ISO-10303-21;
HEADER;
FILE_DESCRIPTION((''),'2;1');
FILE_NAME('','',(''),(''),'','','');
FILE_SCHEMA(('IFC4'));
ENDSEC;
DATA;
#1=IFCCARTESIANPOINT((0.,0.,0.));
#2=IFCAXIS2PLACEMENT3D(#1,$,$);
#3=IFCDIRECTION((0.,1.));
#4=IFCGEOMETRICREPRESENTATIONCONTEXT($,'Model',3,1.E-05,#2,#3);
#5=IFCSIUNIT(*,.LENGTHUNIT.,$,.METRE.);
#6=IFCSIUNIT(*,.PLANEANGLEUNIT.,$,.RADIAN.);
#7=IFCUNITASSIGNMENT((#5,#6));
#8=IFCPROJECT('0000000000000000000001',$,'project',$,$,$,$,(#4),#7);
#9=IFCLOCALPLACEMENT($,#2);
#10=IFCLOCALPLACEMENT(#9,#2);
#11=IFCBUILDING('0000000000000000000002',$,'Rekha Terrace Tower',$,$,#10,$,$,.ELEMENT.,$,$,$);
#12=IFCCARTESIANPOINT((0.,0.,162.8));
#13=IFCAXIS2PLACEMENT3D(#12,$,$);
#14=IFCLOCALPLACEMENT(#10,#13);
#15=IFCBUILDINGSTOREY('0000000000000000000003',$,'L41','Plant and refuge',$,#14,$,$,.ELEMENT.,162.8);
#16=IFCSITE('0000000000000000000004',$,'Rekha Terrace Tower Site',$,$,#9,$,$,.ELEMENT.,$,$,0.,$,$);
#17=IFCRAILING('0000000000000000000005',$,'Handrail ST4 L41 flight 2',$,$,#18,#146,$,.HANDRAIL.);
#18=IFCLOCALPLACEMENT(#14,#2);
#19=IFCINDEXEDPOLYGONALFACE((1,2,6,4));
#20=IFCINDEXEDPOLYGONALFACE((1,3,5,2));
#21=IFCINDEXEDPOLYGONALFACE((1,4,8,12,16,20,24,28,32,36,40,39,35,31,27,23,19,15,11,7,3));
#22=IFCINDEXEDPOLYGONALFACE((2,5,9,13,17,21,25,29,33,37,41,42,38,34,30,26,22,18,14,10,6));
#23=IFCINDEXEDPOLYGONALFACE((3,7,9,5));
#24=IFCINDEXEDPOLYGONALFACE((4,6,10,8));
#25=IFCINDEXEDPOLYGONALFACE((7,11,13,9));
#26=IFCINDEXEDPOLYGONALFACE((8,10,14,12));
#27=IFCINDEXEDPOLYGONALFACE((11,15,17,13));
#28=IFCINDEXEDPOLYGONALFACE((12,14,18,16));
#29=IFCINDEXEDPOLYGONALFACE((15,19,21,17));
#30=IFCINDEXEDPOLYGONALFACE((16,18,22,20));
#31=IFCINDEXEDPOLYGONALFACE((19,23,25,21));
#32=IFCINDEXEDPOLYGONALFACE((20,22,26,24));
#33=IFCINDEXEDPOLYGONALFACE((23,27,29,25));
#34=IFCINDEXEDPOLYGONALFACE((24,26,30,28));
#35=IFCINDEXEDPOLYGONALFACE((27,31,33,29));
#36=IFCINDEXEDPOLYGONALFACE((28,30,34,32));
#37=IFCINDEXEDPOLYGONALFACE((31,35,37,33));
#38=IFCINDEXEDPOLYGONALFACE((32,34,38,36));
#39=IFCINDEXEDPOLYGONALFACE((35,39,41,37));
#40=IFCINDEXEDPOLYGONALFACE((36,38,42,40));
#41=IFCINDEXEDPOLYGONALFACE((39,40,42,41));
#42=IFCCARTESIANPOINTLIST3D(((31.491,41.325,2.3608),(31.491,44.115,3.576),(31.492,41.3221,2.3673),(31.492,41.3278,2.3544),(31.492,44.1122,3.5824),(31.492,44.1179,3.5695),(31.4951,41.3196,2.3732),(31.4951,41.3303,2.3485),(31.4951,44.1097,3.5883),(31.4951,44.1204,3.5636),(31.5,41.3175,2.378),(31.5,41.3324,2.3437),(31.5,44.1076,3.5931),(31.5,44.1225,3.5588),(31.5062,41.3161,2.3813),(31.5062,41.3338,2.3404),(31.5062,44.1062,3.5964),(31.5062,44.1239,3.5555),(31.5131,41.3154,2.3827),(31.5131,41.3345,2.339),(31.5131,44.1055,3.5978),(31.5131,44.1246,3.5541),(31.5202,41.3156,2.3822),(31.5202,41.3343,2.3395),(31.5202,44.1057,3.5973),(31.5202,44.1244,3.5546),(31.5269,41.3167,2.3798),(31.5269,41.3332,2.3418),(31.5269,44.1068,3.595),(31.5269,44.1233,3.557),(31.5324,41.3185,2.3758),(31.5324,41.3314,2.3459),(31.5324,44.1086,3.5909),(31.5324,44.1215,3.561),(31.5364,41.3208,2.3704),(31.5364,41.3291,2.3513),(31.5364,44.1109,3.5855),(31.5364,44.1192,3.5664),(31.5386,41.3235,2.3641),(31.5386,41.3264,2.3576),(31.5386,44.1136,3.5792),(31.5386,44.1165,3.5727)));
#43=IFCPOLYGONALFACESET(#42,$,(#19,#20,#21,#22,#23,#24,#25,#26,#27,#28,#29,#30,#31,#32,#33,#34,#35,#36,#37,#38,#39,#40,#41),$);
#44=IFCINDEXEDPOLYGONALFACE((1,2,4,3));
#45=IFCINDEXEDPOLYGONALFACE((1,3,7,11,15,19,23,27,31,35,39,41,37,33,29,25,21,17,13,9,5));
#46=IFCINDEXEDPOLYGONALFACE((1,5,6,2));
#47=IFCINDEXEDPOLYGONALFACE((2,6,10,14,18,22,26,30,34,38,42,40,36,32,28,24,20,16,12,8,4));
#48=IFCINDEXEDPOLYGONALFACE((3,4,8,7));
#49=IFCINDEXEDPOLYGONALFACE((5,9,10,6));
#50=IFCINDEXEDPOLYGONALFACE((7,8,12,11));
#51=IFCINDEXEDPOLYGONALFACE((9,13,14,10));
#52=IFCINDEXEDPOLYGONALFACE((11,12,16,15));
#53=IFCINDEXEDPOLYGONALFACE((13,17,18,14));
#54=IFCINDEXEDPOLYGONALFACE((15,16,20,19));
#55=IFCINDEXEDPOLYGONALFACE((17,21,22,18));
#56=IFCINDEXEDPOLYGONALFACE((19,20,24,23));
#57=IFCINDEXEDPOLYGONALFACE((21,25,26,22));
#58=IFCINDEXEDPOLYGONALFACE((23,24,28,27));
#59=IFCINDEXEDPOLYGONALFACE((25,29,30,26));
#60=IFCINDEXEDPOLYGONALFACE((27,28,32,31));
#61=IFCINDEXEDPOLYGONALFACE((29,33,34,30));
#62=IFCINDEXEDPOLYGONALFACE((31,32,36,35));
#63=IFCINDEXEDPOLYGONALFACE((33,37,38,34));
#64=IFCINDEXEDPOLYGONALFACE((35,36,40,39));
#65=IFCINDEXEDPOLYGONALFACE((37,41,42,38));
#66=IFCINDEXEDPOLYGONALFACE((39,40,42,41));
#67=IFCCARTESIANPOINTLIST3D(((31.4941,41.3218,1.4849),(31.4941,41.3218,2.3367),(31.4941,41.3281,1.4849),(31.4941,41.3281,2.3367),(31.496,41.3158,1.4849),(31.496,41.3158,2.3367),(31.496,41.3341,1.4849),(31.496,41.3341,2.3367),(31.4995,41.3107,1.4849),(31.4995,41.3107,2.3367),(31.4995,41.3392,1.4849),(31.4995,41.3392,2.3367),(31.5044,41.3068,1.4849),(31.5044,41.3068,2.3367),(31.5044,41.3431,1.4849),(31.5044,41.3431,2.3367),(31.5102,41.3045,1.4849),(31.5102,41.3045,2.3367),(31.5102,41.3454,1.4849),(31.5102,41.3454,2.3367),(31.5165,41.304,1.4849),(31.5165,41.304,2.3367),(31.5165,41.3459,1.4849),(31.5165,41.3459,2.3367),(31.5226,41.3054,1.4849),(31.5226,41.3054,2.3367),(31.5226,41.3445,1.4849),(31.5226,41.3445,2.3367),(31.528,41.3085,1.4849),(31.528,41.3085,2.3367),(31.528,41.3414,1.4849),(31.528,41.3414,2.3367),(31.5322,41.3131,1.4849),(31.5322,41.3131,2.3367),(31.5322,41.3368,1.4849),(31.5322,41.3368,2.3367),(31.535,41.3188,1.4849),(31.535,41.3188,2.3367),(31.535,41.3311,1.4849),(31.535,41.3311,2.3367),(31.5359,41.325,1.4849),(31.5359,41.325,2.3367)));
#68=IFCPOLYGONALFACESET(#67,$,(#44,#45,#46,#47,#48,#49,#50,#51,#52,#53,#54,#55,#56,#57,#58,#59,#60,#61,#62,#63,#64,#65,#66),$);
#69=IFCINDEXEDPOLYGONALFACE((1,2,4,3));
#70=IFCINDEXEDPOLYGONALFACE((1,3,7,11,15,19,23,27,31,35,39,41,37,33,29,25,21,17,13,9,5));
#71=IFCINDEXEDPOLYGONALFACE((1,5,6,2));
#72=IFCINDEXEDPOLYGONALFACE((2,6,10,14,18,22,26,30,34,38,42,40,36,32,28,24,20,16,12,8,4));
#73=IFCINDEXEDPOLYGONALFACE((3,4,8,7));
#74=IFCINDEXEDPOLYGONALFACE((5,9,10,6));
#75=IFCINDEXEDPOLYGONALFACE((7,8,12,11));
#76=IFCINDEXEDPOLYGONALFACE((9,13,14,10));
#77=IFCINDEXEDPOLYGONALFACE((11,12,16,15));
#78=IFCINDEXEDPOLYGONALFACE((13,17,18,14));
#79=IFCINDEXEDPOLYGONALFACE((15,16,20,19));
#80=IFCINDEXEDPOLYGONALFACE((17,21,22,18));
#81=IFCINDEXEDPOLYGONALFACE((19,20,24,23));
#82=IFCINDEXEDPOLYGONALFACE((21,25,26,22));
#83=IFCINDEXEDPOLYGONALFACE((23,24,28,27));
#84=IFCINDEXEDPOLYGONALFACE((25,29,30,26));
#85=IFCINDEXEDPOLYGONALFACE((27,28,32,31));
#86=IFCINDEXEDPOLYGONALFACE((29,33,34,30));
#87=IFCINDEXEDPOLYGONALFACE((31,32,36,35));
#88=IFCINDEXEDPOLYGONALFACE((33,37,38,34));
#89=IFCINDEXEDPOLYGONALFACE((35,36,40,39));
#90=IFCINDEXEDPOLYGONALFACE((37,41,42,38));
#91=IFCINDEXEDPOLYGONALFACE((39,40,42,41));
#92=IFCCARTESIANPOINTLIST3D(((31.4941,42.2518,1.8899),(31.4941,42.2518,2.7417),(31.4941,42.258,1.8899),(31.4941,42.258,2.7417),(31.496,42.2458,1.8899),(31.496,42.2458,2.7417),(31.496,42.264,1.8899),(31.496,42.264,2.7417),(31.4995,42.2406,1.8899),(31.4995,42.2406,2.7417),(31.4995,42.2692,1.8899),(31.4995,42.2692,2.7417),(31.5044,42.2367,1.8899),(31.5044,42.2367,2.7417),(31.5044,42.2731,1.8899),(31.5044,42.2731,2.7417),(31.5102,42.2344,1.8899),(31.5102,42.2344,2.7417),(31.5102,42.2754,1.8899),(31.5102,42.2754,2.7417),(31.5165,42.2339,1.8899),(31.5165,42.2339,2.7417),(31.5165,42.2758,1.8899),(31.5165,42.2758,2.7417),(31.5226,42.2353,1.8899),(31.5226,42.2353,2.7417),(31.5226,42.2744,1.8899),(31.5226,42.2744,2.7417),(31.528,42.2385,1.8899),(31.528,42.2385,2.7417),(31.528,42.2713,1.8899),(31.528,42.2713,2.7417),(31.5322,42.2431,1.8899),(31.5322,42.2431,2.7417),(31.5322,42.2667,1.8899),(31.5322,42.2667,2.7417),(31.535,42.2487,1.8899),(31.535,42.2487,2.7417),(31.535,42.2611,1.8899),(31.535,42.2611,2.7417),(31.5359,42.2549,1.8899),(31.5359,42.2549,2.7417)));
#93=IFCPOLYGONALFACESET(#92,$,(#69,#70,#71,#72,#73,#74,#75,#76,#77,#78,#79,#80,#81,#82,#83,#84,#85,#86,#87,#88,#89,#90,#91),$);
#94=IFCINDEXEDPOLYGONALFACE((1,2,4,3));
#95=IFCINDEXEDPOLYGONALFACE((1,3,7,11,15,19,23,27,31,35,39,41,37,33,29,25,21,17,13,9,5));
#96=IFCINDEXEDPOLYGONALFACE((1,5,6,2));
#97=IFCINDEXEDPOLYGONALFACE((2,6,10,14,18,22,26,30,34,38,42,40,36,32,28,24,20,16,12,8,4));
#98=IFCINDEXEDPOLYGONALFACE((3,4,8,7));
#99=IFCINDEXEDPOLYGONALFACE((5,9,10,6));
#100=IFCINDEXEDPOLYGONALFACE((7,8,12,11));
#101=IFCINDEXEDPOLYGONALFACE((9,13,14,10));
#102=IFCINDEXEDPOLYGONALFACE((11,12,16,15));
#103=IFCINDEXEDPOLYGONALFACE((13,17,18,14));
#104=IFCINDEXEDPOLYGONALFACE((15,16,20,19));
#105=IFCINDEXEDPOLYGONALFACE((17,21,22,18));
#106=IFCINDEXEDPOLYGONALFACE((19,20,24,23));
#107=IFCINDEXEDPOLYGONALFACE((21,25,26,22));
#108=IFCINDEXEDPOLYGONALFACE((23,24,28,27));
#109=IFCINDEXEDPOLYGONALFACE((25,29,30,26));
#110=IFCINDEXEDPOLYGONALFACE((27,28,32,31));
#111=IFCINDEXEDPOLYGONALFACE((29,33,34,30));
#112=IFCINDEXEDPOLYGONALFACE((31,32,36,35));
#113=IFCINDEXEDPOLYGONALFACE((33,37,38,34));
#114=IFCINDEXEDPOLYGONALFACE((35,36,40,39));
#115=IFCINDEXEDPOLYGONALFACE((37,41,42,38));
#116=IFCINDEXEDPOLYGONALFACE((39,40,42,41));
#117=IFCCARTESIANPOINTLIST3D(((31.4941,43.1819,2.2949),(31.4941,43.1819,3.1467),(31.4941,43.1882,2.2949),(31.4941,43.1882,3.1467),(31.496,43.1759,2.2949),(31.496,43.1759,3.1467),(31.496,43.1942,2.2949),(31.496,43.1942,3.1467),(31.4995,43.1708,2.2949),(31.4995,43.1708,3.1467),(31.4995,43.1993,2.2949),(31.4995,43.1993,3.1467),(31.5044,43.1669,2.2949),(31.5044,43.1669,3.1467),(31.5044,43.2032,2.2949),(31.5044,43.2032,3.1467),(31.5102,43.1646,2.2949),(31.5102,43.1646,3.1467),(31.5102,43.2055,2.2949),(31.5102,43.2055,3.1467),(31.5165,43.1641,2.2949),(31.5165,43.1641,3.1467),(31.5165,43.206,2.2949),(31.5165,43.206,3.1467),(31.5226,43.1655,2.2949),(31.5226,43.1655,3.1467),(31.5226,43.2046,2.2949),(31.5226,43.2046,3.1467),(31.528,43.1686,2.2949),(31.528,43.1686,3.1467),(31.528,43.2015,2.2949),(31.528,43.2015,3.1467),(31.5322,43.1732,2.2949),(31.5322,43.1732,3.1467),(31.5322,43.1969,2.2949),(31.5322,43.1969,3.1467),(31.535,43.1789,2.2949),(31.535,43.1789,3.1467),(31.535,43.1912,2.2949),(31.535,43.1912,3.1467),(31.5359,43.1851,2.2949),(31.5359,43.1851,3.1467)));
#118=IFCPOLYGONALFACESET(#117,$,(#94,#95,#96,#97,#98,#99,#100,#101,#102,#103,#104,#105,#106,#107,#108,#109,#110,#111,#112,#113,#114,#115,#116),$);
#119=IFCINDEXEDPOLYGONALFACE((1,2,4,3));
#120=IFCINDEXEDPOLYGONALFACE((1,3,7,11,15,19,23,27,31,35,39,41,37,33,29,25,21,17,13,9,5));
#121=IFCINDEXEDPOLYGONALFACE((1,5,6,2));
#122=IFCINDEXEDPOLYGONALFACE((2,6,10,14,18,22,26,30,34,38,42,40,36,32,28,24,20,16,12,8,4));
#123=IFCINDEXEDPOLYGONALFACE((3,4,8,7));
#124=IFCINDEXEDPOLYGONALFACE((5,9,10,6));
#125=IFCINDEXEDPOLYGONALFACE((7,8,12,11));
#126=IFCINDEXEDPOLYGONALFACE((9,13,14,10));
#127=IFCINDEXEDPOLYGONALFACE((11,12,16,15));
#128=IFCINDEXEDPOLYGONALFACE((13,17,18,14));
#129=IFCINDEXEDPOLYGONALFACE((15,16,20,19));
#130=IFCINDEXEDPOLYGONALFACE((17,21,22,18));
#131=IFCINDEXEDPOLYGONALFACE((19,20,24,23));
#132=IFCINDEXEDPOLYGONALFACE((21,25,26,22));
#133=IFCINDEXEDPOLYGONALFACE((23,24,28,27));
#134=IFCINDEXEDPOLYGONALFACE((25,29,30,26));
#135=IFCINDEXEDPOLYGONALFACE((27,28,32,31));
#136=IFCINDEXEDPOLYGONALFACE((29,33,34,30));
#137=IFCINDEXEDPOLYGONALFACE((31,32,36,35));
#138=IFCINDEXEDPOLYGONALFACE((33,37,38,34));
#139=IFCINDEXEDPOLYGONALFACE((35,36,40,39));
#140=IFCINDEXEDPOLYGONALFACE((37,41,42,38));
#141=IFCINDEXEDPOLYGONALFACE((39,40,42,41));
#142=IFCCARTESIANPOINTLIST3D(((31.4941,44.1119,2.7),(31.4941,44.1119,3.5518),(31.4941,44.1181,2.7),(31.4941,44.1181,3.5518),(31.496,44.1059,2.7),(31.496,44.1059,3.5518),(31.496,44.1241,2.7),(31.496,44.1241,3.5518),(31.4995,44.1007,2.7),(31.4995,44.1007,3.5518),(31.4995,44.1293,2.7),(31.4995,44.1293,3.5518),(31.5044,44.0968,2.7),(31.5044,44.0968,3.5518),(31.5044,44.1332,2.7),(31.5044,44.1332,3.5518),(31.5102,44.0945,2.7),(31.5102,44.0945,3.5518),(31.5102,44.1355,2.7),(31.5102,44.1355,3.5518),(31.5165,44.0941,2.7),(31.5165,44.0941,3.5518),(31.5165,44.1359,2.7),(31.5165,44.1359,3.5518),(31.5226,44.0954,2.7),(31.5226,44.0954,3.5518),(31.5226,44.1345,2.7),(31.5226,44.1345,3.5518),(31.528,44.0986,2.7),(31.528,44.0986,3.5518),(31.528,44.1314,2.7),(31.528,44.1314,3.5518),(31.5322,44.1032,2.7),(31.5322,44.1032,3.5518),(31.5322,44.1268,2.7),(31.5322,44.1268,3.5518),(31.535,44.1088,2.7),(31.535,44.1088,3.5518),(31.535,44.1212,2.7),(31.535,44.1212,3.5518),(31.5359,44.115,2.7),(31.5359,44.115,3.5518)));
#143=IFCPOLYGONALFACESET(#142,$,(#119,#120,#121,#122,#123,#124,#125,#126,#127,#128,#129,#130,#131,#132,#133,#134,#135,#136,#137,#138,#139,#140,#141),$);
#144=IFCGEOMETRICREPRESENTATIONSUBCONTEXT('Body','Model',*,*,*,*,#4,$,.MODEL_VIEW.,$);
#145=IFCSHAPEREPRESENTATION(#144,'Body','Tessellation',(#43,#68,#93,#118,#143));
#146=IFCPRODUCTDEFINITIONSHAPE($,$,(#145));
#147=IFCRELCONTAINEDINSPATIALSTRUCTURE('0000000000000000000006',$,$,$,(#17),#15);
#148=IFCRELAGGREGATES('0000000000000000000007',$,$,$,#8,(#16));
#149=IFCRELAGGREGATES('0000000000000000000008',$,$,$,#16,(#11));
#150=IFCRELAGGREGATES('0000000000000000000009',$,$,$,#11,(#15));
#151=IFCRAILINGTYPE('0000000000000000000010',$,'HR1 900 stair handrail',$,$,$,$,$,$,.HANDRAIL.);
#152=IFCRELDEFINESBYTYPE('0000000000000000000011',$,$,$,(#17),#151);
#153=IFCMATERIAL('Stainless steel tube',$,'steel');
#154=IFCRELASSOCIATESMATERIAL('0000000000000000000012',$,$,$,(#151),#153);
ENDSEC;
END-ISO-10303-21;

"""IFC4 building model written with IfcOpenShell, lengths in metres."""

from ifc_helpers import new_model, si_unit, direction, frame, origin, origin_2d, place, context, subcontext, project, spatial, circle, extrude, material, type_object, element, save


model = new_model("IFC4")

# Units and contexts
model_context = context("Model", 3, precision=1e-05, world=origin(), true_north=direction((0.0, 1.0)))
body_context = subcontext(model_context, "Body", "Model", "MODEL_VIEW")
ifc_project = project(units=[si_unit("LENGTHUNIT", "METRE"), si_unit("PLANEANGLEUNIT", "RADIAN")], contexts=[model_context])

# Site, building, storey
site_placement = place(None, origin())
site = spatial("IfcSite", under=ifc_project, at=site_placement, Name="Rekha Terrace Tower Site", CompositionType="ELEMENT", RefElevation=0.0)
building_placement = place(site_placement, origin())
building = spatial("IfcBuilding", under=site, at=building_placement, Name="Rekha Terrace Tower", CompositionType="ELEMENT")
storey_placement = place(building_placement, frame((0.0, 0.0, 162.8)))
storey = spatial("IfcBuildingStorey", under=building, at=storey_placement, Name="L41", Description="Plant and refuge", CompositionType="ELEMENT", Elevation=162.8)

# Railing
ifc_material_1 = material(Name="Stainless steel tube", Category="steel")
railing_type_1 = type_object("IfcRailingType", Name="HR1 900 stair handrail", PredefinedType="HANDRAIL", material=ifc_material_1)
railing_1_placement = place(storey_placement, frame((31.5149, 41.325, 1.4849)))
element("IfcRailing", 1, at=railing_1_placement, inside=storey, type_object=railing_type_1, Name="Handrail ST4 L41 flight 2", PredefinedType="HANDRAIL", context=body_context, shape_type="SweptSolid", body=[
    extrude(circle(Radius=0.0239, at=origin_2d()), frame((0.0, 0.0, 0.876), z_axis=(0.0, 0.916826, 0.399286), x_axis=(-1.0, 0.0, 0.0)), (0.0, 0.0, 1.0), 3.0432),
    extrude(circle(Radius=0.021, at=origin_2d()), origin(), (0.0, 0.0, 1.0), 0.8518),
    extrude(circle(Radius=0.021, at=origin_2d()), frame((0.0, 0.9299, 0.405)), (0.0, 0.0, 1.0), 0.8518),
    extrude(circle(Radius=0.021, at=origin_2d()), frame((0.0, 1.8601, 0.8101)), (0.0, 0.0, 1.0), 0.8518),
    extrude(circle(Radius=0.021, at=origin_2d()), frame((0.0, 2.79, 1.2151)), (0.0, 0.0, 1.0), 0.8518),
])

save(model, "model.ifc")
